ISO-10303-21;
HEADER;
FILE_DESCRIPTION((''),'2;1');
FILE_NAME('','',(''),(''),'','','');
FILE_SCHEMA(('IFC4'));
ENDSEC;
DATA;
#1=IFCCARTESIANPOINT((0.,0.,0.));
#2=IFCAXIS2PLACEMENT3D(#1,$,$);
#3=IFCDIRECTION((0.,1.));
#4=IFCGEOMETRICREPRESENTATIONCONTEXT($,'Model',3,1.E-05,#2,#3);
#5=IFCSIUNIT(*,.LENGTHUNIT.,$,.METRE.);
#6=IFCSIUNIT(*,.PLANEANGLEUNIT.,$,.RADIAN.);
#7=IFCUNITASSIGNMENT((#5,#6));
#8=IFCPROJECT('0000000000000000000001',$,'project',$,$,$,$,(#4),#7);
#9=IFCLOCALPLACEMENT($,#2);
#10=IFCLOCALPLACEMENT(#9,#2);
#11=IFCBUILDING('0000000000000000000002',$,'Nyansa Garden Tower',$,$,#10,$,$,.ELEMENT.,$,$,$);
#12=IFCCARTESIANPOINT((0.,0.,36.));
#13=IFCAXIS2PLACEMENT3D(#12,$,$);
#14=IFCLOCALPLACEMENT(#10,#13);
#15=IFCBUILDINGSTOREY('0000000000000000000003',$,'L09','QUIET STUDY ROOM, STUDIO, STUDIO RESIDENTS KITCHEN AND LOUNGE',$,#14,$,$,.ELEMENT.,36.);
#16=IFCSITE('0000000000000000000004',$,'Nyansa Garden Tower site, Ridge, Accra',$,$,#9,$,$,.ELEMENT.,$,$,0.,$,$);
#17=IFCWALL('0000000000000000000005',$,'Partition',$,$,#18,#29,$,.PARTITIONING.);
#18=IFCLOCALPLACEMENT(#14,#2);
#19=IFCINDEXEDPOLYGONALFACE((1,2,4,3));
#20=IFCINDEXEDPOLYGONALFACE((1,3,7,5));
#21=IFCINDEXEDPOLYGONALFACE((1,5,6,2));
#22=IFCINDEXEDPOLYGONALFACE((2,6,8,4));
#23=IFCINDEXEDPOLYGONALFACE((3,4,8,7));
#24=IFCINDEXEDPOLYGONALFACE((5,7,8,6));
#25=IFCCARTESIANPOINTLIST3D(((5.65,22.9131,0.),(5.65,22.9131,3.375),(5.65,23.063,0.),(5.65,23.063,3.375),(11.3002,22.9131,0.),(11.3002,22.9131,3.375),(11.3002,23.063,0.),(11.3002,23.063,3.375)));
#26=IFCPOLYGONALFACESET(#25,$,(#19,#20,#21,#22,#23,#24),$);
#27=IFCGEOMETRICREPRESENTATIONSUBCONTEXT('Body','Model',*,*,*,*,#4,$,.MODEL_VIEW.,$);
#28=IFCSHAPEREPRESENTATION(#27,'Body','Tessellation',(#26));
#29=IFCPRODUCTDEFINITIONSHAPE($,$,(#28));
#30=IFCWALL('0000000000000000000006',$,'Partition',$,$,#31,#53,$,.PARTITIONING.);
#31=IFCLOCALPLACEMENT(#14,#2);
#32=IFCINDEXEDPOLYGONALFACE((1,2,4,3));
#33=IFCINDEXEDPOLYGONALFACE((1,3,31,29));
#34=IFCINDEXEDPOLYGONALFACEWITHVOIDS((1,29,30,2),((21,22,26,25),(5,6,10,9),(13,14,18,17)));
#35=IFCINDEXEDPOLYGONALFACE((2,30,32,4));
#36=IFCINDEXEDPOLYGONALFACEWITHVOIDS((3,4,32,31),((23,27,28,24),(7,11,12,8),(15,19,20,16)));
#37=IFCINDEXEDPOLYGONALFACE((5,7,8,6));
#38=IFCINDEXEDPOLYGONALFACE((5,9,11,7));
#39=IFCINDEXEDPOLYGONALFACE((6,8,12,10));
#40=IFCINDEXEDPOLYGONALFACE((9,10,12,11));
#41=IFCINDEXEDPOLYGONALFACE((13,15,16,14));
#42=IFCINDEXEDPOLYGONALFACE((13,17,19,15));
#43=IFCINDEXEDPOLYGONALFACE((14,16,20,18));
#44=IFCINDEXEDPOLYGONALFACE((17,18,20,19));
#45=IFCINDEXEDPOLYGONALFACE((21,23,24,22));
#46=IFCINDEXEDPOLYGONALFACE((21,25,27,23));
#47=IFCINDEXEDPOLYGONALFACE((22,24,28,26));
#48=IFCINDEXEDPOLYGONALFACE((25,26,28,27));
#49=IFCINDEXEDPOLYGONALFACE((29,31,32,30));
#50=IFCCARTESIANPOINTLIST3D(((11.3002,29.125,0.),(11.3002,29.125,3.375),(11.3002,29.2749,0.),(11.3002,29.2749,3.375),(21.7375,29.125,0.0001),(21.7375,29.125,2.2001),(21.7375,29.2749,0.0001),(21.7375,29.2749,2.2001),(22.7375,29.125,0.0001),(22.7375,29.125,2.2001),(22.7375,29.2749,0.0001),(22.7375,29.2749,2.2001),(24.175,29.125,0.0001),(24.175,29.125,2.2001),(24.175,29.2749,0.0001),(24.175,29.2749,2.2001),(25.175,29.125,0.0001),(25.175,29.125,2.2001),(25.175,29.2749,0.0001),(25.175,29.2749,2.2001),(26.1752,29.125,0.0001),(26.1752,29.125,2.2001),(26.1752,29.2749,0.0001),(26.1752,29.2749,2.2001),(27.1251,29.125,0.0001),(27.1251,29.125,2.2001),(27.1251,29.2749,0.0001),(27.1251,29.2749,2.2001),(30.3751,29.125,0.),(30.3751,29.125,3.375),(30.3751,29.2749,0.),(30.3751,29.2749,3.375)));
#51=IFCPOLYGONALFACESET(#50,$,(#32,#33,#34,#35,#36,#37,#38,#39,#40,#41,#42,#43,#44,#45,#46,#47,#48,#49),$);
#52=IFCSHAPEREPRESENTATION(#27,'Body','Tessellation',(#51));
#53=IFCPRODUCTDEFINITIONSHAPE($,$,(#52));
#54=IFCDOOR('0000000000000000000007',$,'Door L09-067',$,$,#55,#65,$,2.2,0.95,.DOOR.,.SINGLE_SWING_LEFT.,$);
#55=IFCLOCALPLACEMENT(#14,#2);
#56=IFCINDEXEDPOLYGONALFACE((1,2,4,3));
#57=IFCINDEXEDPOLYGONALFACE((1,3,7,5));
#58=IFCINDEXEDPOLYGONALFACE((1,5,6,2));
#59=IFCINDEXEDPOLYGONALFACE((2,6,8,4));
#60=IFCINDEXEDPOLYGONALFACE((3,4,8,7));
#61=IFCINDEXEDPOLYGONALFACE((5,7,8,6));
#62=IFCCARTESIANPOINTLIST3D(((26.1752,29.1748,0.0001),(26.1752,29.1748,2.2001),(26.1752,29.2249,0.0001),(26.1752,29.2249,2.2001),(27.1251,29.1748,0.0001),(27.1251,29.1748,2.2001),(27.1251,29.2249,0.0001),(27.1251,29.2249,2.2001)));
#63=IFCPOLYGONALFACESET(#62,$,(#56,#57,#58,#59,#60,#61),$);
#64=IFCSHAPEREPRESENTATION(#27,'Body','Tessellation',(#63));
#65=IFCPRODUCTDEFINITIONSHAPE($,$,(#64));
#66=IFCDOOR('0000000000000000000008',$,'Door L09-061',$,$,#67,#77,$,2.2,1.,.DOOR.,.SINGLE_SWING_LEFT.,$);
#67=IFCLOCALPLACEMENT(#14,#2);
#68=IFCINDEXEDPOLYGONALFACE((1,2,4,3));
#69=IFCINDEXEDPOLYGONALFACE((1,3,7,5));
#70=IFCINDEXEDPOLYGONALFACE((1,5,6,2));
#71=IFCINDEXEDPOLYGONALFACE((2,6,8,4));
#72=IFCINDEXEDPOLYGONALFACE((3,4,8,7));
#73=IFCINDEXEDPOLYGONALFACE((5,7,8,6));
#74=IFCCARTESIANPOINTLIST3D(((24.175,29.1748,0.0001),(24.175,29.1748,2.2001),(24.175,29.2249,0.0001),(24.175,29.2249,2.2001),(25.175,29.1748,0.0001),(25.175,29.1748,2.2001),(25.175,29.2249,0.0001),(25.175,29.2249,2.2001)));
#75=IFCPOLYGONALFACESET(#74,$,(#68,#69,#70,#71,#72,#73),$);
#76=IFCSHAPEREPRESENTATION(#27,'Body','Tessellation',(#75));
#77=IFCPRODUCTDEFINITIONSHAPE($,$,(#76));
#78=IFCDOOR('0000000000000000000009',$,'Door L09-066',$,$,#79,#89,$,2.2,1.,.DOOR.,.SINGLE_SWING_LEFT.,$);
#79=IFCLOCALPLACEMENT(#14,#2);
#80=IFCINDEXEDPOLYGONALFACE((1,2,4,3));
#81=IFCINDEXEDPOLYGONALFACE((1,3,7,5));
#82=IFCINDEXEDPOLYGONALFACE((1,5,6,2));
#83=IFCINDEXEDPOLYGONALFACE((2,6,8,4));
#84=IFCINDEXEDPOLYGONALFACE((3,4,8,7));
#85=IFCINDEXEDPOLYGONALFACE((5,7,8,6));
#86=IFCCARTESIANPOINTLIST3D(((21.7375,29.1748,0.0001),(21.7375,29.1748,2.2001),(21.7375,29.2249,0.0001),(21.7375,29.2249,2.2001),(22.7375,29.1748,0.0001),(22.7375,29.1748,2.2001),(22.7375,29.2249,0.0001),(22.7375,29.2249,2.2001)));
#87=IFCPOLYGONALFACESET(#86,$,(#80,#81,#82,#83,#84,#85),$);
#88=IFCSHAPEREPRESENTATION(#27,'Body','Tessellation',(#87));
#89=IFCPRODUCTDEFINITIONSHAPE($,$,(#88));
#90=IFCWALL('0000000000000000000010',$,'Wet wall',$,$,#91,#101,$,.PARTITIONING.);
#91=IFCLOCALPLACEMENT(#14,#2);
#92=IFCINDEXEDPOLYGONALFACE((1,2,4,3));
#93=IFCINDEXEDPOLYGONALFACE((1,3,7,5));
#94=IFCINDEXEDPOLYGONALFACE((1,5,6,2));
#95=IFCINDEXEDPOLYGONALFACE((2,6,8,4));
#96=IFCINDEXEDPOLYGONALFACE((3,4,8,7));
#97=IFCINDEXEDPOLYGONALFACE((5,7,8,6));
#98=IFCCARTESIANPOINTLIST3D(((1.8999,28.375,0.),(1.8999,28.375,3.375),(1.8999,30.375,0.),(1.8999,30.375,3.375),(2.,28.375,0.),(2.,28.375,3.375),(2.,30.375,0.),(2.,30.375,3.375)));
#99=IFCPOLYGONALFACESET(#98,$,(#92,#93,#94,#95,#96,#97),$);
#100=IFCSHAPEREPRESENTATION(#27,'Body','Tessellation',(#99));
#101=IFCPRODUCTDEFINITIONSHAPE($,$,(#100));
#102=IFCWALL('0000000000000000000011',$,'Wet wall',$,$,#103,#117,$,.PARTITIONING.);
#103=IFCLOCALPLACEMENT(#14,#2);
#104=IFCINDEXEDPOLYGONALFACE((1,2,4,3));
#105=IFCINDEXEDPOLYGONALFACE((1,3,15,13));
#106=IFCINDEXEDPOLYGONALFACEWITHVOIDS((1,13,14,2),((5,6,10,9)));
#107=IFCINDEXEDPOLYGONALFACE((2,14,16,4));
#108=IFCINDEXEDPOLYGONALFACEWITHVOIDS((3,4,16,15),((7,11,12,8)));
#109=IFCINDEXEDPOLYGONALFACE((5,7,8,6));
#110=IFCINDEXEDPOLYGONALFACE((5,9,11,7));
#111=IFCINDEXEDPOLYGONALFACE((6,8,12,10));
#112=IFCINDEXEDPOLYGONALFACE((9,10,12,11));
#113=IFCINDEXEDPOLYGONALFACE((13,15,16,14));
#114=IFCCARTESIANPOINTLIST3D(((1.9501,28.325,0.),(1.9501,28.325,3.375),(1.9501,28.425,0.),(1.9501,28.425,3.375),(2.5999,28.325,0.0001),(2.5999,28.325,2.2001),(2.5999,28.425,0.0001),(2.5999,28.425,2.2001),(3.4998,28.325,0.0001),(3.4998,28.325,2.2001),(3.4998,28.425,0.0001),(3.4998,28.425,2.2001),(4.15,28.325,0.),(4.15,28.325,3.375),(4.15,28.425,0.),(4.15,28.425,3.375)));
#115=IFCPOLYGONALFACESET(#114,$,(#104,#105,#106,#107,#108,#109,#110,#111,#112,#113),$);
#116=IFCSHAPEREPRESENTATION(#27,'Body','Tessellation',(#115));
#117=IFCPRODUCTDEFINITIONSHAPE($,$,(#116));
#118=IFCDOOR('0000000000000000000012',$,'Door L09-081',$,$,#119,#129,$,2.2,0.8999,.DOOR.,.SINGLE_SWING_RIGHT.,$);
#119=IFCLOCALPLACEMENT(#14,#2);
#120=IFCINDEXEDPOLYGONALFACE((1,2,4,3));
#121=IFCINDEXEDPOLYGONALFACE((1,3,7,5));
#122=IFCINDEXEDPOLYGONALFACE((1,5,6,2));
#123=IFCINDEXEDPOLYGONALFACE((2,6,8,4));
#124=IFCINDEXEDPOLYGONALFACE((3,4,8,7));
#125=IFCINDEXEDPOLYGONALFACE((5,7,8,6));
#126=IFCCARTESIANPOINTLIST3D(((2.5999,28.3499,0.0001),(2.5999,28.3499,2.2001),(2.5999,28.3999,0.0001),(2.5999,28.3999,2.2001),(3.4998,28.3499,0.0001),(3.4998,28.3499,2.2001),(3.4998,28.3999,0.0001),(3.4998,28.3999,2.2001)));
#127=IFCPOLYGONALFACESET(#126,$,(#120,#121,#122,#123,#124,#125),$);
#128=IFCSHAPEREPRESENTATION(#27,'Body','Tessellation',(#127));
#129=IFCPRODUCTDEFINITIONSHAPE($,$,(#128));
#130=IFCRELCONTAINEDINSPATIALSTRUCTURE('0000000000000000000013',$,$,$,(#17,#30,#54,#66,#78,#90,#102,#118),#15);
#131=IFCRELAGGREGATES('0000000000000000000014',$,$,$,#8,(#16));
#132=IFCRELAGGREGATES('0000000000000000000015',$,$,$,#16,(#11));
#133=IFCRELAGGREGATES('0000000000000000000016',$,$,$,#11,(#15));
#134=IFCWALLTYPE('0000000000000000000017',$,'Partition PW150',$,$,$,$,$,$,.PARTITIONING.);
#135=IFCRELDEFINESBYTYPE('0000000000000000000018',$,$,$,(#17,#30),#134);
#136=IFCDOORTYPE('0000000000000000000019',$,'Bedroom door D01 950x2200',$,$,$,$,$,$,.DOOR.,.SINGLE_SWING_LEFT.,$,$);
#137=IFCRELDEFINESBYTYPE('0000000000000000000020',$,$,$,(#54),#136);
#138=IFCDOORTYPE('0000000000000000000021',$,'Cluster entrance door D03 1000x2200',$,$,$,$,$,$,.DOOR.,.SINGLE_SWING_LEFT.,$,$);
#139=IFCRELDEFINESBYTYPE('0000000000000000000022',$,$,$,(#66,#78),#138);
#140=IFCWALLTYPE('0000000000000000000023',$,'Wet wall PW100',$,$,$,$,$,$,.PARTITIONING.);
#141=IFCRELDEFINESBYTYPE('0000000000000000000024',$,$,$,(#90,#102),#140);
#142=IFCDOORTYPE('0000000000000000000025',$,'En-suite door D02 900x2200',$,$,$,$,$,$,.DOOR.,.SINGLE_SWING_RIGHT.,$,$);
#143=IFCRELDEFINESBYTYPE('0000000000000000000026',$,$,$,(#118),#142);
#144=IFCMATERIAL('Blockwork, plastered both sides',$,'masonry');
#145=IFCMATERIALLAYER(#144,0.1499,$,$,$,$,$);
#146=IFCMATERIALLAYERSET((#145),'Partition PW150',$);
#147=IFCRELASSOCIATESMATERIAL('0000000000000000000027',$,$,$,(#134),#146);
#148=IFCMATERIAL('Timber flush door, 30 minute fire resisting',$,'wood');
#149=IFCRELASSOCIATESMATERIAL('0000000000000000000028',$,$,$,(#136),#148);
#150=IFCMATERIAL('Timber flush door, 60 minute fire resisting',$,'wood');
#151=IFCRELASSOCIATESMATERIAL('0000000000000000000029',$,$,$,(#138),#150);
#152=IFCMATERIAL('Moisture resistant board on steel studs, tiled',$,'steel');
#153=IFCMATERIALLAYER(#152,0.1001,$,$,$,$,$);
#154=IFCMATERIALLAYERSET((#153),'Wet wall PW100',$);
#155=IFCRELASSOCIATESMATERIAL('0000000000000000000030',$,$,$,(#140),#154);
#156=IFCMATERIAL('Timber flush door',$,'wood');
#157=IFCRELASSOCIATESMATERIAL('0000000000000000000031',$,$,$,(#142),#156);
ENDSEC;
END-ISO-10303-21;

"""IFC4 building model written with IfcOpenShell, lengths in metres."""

from ifc_helpers import new_model, si_unit, direction, frame, frame_2d, origin, place, context, subcontext, project, spatial, rectangle, extrude, material, layer, layer_set, type_object, element, fill, save


model = new_model("IFC4")

# Units and contexts
model_context = context("Model", 3, precision=1e-05, world=origin(), true_north=direction((0.0, 1.0)))
body_context = subcontext(model_context, "Body", "Model", "MODEL_VIEW")
ifc_project = project(units=[si_unit("LENGTHUNIT", "METRE"), si_unit("PLANEANGLEUNIT", "RADIAN")], contexts=[model_context])

# Site, building, storey
site_placement = place(None, origin())
site = spatial("IfcSite", under=ifc_project, at=site_placement, Name="Nyansa Garden Tower site, Ridge, Accra", CompositionType="ELEMENT", RefElevation=0.0)
building_placement = place(site_placement, origin())
building = spatial("IfcBuilding", under=site, at=building_placement, Name="Nyansa Garden Tower", CompositionType="ELEMENT")
storey_placement = place(building_placement, frame((0.0, 0.0, 36.0)))
storey = spatial("IfcBuildingStorey", under=building, at=storey_placement, Name="L09", Description="QUIET STUDY ROOM, STUDIO, STUDIO RESIDENTS KITCHEN AND LOUNGE", CompositionType="ELEMENT", Elevation=36.0)

# Shared definitions
ifc_material_1 = material(Name="Blockwork, plastered both sides", Category="masonry")
ifc_layer_1 = layer(ifc_material_1, 0.1499)
ifc_layer_set_1 = layer_set([ifc_layer_1], Name="Partition PW150")
wall_type_1 = type_object("IfcWallType", Name="Partition PW150", PredefinedType="PARTITIONING", material=ifc_layer_set_1)

# Shared definitions
ifc_material_2 = material(Name="Timber flush door, 30 minute fire resisting", Category="wood")
door_type_1 = type_object("IfcDoorType", Name="Bedroom door D01 950x2200", OperationType="SINGLE_SWING_LEFT", PredefinedType="DOOR", material=ifc_material_2)

# Wall
wall_1_placement = place(storey_placement, frame((5.6499, 22.988, 0.0), z_axis=(0.0, 0.0, 1.0), x_axis=(1.0, 0.0, 0.0)))
element("IfcWall", 1, at=wall_1_placement, inside=storey, type_object=wall_type_1, Name="Partition", PredefinedType="PARTITIONING", context=body_context, shape_type="SweptSolid", body=[
    extrude(rectangle(XDim=5.6501, YDim=0.1499, at=frame_2d((2.8252, 0.0))), origin(), (0.0, 0.0, 1.0), 3.375),
])

# Wall, openings, doors
wall_2_placement = place(storey_placement, frame((11.3, 29.2, 0.0), z_axis=(0.0, 0.0, 1.0), x_axis=(1.0, 0.0, 0.0)))
wall_2 = element("IfcWall", 2, at=wall_2_placement, inside=storey, type_object=wall_type_1, Name="Partition", PredefinedType="PARTITIONING", context=body_context, shape_type="SweptSolid", body=[
    extrude(rectangle(XDim=19.075, YDim=0.1499, at=frame_2d((9.5376, 0.0))), origin(), (0.0, 0.0, 1.0), 3.375),
])
opening_1_placement = place(wall_2_placement, frame((12.875, 0.0, 0.0)))
opening_1 = element("IfcOpeningElement", 3, at=opening_1_placement, cuts=wall_2, PredefinedType="OPENING", context=body_context, shape_type="SweptSolid", body=[
    extrude(rectangle(XDim=1.0, YDim=2.2, at=frame_2d((0.5, 1.1001))), frame((0.0, 0.085, 0.0), z_axis=(0.0, -1.0, 0.0), x_axis=(1.0, 0.0, 0.0)), (0.0, 0.0, 1.0), 0.1699),
])
opening_2_placement = place(wall_2_placement, frame((10.4375, 0.0, 0.0)))
opening_2 = element("IfcOpeningElement", 4, at=opening_2_placement, cuts=wall_2, PredefinedType="OPENING", context=body_context, shape_type="SweptSolid", body=[
    extrude(rectangle(XDim=1.0, YDim=2.2, at=frame_2d((0.5, 1.1001))), frame((0.0, 0.085, 0.0), z_axis=(0.0, -1.0, 0.0), x_axis=(1.0, 0.0, 0.0)), (0.0, 0.0, 1.0), 0.1699),
])
opening_3_placement = place(wall_2_placement, frame((14.875, 0.0, 0.0)))
opening_3 = element("IfcOpeningElement", 5, at=opening_3_placement, cuts=wall_2, PredefinedType="OPENING", context=body_context, shape_type="SweptSolid", body=[
    extrude(rectangle(XDim=0.95, YDim=2.2, at=frame_2d((0.4751, 1.1001))), frame((0.0, 0.085, 0.0), z_axis=(0.0, -1.0, 0.0), x_axis=(1.0, 0.0, 0.0)), (0.0, 0.0, 1.0), 0.1699),
])
door_1_placement = place(opening_3_placement, origin())
door_1 = element("IfcDoor", 6, at=door_1_placement, inside=storey, type_object=door_type_1, Name="Door L09-067", OperationType="SINGLE_SWING_LEFT", OverallHeight=2.2, OverallWidth=0.95, PredefinedType="DOOR", context=body_context, shape_type="SweptSolid", body=[
    extrude(rectangle(XDim=0.95, YDim=2.2, at=frame_2d((0.4751, 1.1001))), frame((0.0, 0.0249, 0.0), z_axis=(0.0, -1.0, 0.0), x_axis=(1.0, 0.0, 0.0)), (0.0, 0.0, 1.0), 0.05),
])
fill(opening_3, door_1)
ifc_material_3 = material(Name="Timber flush door, 60 minute fire resisting", Category="wood")
door_type_2 = type_object("IfcDoorType", Name="Cluster entrance door D03 1000x2200", OperationType="SINGLE_SWING_LEFT", PredefinedType="DOOR", material=ifc_material_3)
door_2_placement = place(opening_1_placement, origin())
door_2 = element("IfcDoor", 7, at=door_2_placement, inside=storey, type_object=door_type_2, Name="Door L09-061", OperationType="SINGLE_SWING_LEFT", OverallHeight=2.2, OverallWidth=1.0, PredefinedType="DOOR", context=body_context, shape_type="SweptSolid", body=[
    extrude(rectangle(XDim=1.0, YDim=2.2, at=frame_2d((0.5, 1.1001))), frame((0.0, 0.0249, 0.0), z_axis=(0.0, -1.0, 0.0), x_axis=(1.0, 0.0, 0.0)), (0.0, 0.0, 1.0), 0.05),
])
fill(opening_1, door_2)
door_3_placement = place(opening_2_placement, origin())
door_3 = element("IfcDoor", 8, at=door_3_placement, inside=storey, type_object=door_type_2, Name="Door L09-066", OperationType="SINGLE_SWING_LEFT", OverallHeight=2.2, OverallWidth=1.0, PredefinedType="DOOR", context=body_context, shape_type="SweptSolid", body=[
    extrude(rectangle(XDim=1.0, YDim=2.2, at=frame_2d((0.5, 1.1001))), frame((0.0, 0.0249, 0.0), z_axis=(0.0, -1.0, 0.0), x_axis=(1.0, 0.0, 0.0)), (0.0, 0.0, 1.0), 0.05),
])
fill(opening_2, door_3)

# Wall
ifc_material_4 = material(Name="Moisture resistant board on steel studs, tiled", Category="steel")
ifc_layer_2 = layer(ifc_material_4, 0.1001)
ifc_layer_set_2 = layer_set([ifc_layer_2], Name="Wet wall PW100")
wall_type_2 = type_object("IfcWallType", Name="Wet wall PW100", PredefinedType="PARTITIONING", material=ifc_layer_set_2)
wall_3_placement = place(storey_placement, frame((1.95, 28.375, 0.0), z_axis=(0.0, 0.0, 1.0), x_axis=(0.0, 1.0, 0.0)))
element("IfcWall", 9, at=wall_3_placement, inside=storey, type_object=wall_type_2, Name="Wet wall", PredefinedType="PARTITIONING", context=body_context, shape_type="SweptSolid", body=[
    extrude(rectangle(XDim=2.0, YDim=0.1001, at=frame_2d((1.0, 0.0))), origin(), (0.0, 0.0, 1.0), 3.375),
])

# Wall, opening, door
wall_4_placement = place(storey_placement, frame((1.95, 28.375, 0.0), z_axis=(0.0, 0.0, 1.0), x_axis=(1.0, 0.0, 0.0)))
wall_4 = element("IfcWall", 10, at=wall_4_placement, inside=storey, type_object=wall_type_2, Name="Wet wall", PredefinedType="PARTITIONING", context=body_context, shape_type="SweptSolid", body=[
    extrude(rectangle(XDim=2.2, YDim=0.1001, at=frame_2d((1.1001, 0.0))), origin(), (0.0, 0.0, 1.0), 3.375),
])
opening_4_placement = place(wall_4_placement, frame((0.6499, 0.0, 0.0)))
opening_4 = element("IfcOpeningElement", 11, at=opening_4_placement, cuts=wall_4, PredefinedType="OPENING", context=body_context, shape_type="SweptSolid", body=[
    extrude(rectangle(XDim=0.8999, YDim=2.2, at=frame_2d((0.45, 1.1001))), frame((0.0, 0.0601, 0.0), z_axis=(0.0, -1.0, 0.0), x_axis=(1.0, 0.0, 0.0)), (0.0, 0.0, 1.0), 0.1201),
])
ifc_material_5 = material(Name="Timber flush door", Category="wood")
door_type_3 = type_object("IfcDoorType", Name="En-suite door D02 900x2200", OperationType="SINGLE_SWING_RIGHT", PredefinedType="DOOR", material=ifc_material_5)
door_4_placement = place(opening_4_placement, origin())
door_4 = element("IfcDoor", 12, at=door_4_placement, inside=storey, type_object=door_type_3, Name="Door L09-081", OperationType="SINGLE_SWING_RIGHT", OverallHeight=2.2, OverallWidth=0.8999, PredefinedType="DOOR", context=body_context, shape_type="SweptSolid", body=[
    extrude(rectangle(XDim=0.8999, YDim=2.2, at=frame_2d((0.45, 1.1001))), frame((0.0, 0.0249, 0.0), z_axis=(0.0, -1.0, 0.0), x_axis=(1.0, 0.0, 0.0)), (0.0, 0.0, 1.0), 0.05),
])
fill(opening_4, door_4)

save(model, "model.ifc")
